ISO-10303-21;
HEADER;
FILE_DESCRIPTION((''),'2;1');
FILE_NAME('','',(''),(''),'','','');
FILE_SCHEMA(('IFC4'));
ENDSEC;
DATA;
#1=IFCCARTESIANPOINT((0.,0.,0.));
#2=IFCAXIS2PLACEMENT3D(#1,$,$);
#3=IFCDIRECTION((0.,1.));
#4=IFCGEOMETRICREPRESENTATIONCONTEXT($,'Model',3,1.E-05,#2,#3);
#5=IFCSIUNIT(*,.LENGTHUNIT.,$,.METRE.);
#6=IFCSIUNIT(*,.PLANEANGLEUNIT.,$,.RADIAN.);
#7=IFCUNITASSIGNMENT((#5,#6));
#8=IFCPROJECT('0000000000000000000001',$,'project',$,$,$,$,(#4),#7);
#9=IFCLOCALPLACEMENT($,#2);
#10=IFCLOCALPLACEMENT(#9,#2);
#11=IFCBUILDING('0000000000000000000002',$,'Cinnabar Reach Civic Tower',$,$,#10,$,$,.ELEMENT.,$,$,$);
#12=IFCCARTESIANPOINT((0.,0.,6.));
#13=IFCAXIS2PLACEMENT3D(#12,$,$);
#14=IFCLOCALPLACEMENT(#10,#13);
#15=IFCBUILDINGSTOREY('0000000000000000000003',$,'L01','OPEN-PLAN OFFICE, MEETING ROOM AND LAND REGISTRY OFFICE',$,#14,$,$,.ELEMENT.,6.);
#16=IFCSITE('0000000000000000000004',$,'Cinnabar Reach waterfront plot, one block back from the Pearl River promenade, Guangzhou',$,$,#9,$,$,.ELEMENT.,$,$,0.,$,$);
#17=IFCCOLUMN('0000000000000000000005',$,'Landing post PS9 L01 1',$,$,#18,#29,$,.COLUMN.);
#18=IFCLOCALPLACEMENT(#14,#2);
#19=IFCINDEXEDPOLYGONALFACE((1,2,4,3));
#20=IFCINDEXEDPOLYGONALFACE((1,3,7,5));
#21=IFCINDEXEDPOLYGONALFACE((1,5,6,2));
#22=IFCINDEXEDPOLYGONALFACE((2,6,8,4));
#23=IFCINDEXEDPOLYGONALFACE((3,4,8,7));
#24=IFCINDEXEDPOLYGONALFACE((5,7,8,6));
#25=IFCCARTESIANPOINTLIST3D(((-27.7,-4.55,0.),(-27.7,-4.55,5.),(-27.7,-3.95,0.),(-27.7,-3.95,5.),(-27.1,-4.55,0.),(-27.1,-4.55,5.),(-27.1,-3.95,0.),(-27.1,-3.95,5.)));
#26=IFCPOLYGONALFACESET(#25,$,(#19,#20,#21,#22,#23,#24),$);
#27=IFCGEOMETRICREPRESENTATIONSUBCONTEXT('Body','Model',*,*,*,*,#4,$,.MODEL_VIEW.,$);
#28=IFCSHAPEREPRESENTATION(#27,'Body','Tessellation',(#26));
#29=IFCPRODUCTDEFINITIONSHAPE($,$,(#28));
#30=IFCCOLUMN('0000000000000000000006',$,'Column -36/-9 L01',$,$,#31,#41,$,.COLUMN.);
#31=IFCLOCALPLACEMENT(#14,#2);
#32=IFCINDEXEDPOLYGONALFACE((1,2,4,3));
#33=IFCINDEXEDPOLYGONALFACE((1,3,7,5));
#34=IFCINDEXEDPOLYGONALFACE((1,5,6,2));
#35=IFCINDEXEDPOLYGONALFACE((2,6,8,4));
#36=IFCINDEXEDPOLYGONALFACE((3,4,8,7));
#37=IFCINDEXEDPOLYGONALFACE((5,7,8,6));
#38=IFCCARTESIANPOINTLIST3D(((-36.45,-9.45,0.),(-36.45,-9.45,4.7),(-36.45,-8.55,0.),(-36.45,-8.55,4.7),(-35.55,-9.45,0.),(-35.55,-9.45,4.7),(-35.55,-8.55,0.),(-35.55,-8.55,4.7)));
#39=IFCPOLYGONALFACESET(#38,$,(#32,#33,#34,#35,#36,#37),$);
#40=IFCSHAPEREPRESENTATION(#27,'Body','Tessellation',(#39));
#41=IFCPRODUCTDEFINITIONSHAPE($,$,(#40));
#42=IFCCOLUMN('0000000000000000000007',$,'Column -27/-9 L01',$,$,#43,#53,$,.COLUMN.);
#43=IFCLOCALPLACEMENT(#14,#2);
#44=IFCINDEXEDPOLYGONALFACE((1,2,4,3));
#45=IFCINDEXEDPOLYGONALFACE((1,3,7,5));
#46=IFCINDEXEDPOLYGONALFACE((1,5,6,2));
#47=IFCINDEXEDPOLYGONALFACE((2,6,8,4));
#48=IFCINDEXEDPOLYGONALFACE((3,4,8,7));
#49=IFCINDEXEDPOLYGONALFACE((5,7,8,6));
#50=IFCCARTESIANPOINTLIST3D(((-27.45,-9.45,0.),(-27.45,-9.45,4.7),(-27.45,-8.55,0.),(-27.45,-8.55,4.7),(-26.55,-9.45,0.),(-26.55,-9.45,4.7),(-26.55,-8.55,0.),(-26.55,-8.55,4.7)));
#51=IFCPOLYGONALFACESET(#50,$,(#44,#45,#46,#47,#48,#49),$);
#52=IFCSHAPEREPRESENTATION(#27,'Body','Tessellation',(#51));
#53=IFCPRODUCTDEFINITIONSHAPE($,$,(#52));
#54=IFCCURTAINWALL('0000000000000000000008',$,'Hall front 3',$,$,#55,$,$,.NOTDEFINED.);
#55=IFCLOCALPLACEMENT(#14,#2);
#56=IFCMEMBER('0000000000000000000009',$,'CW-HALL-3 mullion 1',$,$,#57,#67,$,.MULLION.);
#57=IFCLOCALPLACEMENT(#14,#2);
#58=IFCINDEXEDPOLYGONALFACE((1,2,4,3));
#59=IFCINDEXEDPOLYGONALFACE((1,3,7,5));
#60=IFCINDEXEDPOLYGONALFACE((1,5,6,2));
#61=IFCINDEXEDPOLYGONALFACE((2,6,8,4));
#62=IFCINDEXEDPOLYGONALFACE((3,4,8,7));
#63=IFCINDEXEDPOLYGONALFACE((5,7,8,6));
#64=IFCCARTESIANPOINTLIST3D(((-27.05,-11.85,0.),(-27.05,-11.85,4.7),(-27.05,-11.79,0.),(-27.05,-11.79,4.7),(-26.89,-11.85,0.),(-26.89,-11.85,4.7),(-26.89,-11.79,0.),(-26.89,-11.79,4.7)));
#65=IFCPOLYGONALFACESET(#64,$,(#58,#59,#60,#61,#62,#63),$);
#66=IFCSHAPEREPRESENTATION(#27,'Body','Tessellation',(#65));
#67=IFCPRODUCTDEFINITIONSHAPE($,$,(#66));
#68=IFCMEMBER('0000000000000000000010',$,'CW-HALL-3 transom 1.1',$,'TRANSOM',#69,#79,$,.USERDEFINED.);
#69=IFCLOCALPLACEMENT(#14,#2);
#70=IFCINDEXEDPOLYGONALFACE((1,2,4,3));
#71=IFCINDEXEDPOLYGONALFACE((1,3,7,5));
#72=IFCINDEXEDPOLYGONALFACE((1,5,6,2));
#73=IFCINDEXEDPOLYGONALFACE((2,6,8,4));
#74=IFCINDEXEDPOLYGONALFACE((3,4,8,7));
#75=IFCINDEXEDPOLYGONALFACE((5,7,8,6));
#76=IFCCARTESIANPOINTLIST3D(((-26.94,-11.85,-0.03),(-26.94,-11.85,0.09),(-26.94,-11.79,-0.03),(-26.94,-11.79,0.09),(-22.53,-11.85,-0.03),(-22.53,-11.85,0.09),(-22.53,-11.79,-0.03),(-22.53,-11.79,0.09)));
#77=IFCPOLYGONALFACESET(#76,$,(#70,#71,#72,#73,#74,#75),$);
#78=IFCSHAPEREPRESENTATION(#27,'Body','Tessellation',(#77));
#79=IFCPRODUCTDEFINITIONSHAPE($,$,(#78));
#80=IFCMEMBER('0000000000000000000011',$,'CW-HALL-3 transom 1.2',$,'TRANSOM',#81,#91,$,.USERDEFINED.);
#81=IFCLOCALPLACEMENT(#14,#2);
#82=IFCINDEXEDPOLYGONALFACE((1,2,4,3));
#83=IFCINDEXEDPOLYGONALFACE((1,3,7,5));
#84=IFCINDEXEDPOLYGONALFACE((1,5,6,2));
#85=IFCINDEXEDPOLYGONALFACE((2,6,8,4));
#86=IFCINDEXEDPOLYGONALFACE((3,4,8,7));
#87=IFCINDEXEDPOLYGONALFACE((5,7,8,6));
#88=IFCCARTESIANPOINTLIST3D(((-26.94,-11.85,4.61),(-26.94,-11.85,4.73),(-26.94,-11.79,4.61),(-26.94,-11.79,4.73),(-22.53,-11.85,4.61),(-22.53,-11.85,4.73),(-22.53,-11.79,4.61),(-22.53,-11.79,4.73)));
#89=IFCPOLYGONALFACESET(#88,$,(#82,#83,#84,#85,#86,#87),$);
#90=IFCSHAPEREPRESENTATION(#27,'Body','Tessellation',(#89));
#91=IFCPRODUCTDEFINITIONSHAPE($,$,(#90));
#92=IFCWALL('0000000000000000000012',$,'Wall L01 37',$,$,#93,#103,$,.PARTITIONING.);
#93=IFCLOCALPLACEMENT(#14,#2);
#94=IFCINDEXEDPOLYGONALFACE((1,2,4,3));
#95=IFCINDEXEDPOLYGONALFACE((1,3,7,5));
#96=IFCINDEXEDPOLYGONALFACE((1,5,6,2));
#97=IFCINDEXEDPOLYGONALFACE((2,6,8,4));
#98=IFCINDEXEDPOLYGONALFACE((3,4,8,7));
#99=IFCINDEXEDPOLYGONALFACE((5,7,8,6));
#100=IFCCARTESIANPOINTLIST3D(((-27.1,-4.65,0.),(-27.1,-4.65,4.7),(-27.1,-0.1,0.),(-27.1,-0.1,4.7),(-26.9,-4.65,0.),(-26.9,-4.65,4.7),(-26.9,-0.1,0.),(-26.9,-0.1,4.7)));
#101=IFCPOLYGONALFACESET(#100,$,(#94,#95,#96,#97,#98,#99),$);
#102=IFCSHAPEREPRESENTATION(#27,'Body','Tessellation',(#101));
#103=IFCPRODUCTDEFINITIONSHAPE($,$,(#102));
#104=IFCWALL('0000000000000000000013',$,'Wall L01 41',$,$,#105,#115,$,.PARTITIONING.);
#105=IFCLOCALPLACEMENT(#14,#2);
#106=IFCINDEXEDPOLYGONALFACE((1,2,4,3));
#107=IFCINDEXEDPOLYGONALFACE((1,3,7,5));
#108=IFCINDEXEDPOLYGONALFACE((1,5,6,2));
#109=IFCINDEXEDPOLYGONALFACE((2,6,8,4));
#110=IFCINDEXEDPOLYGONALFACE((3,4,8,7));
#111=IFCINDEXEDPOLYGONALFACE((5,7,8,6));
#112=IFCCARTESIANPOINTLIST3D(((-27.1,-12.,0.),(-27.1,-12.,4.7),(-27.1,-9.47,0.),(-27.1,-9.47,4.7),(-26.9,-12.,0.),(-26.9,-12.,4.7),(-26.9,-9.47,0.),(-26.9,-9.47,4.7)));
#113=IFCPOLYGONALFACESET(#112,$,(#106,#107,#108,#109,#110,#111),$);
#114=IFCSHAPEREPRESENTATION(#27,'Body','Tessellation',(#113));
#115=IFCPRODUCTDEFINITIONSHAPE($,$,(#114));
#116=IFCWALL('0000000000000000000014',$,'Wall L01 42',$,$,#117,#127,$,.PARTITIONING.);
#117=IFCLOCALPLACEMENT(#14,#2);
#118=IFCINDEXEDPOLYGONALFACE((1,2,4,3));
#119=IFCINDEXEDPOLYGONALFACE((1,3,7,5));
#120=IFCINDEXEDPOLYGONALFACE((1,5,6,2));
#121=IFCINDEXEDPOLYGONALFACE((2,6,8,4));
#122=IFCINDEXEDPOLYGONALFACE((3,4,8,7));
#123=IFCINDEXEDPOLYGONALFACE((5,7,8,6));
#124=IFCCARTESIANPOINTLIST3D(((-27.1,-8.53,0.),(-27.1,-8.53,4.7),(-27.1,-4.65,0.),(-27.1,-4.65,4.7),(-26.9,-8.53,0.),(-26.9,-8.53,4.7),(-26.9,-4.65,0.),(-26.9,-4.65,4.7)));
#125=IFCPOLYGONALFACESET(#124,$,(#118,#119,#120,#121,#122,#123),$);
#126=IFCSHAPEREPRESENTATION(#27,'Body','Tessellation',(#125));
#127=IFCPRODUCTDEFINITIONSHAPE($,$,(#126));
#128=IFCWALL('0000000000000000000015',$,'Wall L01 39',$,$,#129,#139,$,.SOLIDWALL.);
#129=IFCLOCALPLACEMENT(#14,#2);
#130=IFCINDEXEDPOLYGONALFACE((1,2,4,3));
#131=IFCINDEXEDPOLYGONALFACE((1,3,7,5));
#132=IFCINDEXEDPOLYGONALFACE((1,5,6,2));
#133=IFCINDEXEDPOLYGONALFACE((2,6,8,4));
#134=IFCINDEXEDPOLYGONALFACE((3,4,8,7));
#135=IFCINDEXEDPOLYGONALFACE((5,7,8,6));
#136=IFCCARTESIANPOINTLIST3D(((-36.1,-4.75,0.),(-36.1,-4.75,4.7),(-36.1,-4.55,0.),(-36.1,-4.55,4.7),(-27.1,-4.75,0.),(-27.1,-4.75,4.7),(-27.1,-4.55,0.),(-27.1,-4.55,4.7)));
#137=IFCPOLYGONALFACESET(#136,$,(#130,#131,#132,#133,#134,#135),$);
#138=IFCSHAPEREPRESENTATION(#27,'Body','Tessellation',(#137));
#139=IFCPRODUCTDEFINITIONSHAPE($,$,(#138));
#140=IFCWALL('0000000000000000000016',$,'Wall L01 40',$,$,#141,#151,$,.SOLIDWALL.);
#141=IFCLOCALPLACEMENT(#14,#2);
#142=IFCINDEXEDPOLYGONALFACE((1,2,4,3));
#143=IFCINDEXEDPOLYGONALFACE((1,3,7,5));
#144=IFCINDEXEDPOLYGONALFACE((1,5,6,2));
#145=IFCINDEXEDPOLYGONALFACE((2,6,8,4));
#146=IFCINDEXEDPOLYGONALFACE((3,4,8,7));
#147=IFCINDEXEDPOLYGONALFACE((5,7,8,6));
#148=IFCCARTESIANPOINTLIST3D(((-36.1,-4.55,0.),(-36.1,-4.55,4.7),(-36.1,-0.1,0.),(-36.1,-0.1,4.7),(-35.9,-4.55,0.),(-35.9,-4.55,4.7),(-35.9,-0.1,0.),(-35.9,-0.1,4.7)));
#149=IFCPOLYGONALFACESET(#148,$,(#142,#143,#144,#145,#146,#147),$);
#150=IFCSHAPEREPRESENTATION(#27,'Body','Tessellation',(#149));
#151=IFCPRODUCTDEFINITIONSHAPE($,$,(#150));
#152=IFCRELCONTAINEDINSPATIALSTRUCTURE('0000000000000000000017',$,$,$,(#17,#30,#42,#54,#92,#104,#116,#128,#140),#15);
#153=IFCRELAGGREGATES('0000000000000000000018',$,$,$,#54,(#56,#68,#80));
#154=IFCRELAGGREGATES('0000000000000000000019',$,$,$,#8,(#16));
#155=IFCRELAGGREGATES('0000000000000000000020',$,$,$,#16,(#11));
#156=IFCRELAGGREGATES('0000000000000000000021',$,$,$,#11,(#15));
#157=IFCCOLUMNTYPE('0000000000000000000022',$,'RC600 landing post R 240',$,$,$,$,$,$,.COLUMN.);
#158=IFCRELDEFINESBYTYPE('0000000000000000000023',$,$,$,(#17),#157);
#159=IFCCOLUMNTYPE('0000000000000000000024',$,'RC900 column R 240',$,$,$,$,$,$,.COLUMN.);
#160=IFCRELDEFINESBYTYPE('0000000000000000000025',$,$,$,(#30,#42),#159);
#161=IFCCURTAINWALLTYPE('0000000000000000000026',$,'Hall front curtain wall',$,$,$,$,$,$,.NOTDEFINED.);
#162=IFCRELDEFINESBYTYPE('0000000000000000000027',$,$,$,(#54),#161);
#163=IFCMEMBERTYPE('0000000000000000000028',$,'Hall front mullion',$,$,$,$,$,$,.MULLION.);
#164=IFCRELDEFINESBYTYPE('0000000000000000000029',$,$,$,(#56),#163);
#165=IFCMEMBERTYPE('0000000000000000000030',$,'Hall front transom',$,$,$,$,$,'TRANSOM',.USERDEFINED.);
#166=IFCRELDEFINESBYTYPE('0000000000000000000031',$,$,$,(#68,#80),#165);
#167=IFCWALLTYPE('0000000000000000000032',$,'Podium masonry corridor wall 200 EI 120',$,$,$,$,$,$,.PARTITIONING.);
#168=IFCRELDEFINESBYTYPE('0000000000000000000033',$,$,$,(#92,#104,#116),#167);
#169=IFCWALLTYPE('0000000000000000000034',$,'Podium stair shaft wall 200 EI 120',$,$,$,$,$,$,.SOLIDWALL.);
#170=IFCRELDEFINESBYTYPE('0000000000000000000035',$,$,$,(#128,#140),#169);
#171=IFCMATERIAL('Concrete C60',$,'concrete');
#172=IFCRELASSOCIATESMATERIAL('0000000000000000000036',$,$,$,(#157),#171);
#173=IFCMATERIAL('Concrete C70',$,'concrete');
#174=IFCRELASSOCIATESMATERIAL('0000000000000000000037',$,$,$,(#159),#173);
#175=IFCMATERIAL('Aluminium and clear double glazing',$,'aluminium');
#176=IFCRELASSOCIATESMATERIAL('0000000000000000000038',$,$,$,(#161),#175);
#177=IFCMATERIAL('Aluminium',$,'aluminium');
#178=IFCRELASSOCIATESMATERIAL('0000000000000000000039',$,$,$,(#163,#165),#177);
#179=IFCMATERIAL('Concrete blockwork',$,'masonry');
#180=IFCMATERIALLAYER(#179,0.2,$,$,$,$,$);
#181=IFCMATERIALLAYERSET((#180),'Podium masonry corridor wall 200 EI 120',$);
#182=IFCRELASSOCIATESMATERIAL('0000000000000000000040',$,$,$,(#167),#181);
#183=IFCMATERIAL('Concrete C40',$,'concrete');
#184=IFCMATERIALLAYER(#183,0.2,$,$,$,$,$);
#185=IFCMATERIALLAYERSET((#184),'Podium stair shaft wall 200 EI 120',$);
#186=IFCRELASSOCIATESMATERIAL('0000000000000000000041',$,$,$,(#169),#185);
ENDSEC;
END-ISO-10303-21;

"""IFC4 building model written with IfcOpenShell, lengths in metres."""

from ifc_helpers import new_model, si_unit, direction, frame, frame_2d, origin, origin_2d, place, context, subcontext, project, spatial, rectangle, extrude, material, layer, layer_set, material_profile, profile_set, type_object, element, aggregate, save


model = new_model("IFC4")

# Units and contexts
model_context = context("Model", 3, precision=1e-05, world=origin(), true_north=direction((0.0, 1.0)))
body_context = subcontext(model_context, "Body", "Model", "MODEL_VIEW")
ifc_project = project(units=[si_unit("LENGTHUNIT", "METRE"), si_unit("PLANEANGLEUNIT", "RADIAN")], contexts=[model_context])

# Site, building, storey
site_placement = place(None, origin())
site = spatial("IfcSite", under=ifc_project, at=site_placement, Name="Cinnabar Reach waterfront plot, one block back from the Pearl River promenade, Guangzhou", CompositionType="ELEMENT", RefElevation=0.0)
building_placement = place(site_placement, origin())
building = spatial("IfcBuilding", under=site, at=building_placement, Name="Cinnabar Reach Civic Tower", CompositionType="ELEMENT")
storey_placement = place(building_placement, frame((0.0, 0.0, 6.0)))
storey = spatial("IfcBuildingStorey", under=building, at=storey_placement, Name="L01", Description="OPEN-PLAN OFFICE, MEETING ROOM AND LAND REGISTRY OFFICE", CompositionType="ELEMENT", Elevation=6.0)

# Columns
ifc_material_1 = material(Name="Concrete C60", Category="concrete")
ifc_material_profile_1 = material_profile(ifc_material_1, rectangle(XDim=0.6, YDim=0.6, at=origin_2d()), Name="RC600")
ifc_profile_set_1 = profile_set([ifc_material_profile_1], Name="Concrete C60")
column_type_1 = type_object("IfcColumnType", Name="RC600 landing post R 240", PredefinedType="COLUMN", material=ifc_profile_set_1)
column_placement = place(storey_placement, frame((-27.4, -4.25, 0.0), z_axis=(0.0, 0.0, 1.0), x_axis=(1.0, 0.0, 0.0)))
element("IfcColumn", 1, at=column_placement, inside=storey, type_object=column_type_1, Name="Landing post PS9 L01 1", PredefinedType="COLUMN", context=body_context, shape_type="SweptSolid", body=[
    extrude(rectangle(XDim=0.6, YDim=0.6, at=origin_2d()), origin(), (0.0, 0.0, 1.0), 5.0),
])
ifc_material_2 = material(Name="Concrete C70", Category="concrete")
ifc_material_profile_2 = material_profile(ifc_material_2, rectangle(XDim=0.9, YDim=0.9, at=origin_2d()), Name="RC900")
ifc_profile_set_2 = profile_set([ifc_material_profile_2], Name="Concrete C70")
column_type_2 = type_object("IfcColumnType", Name="RC900 column R 240", PredefinedType="COLUMN", material=ifc_profile_set_2)
for number, where, z_axis, x_axis, name in (
    (2, (-36.0, -9.0, 0.0), (0.0, 0.0, 1.0), (1.0, 0.0, 0.0), "Column -36/-9 L01"),
    (3, (-27.0, -9.0, 0.0), (0.0, 0.0, 1.0), (1.0, 0.0, 0.0), "Column -27/-9 L01"),
):
    element("IfcColumn", number, at=place(storey_placement, frame(where, z_axis=z_axis, x_axis=x_axis)), inside=storey, type_object=column_type_2, Name=name, PredefinedType="COLUMN", context=body_context, shape_type="SweptSolid", body=[
        extrude(rectangle(XDim=0.9, YDim=0.9, at=origin_2d()), origin(), (0.0, 0.0, 1.0), 4.7),
    ])

# Curtain wall, members
ifc_material_3 = material(Name="Aluminium and clear double glazing", Category="aluminium")
curtain_wall_type = type_object("IfcCurtainWallType", Name="Hall front curtain wall", PredefinedType="NOTDEFINED", material=ifc_material_3)
curtain_wall_placement = place(storey_placement, origin())
curtain_wall = element("IfcCurtainWall", 4, at=curtain_wall_placement, inside=storey, type_object=curtain_wall_type, Name="Hall front 3", PredefinedType="NOTDEFINED")
ifc_material_4 = material(Name="Aluminium", Category="aluminium")
ifc_material_profile_3 = material_profile(ifc_material_4, rectangle(XDim=0.06, YDim=0.16, at=origin_2d()), Name="Hall front mullion")
ifc_profile_set_3 = profile_set([ifc_material_profile_3], Name="Aluminium")
member_type_1 = type_object("IfcMemberType", Name="Hall front mullion", PredefinedType="MULLION", material=ifc_profile_set_3)
member_1_placement = place(storey_placement, frame((-26.97, -11.82, 0.0), z_axis=(0.0, 0.0, 1.0), x_axis=(0.0, 1.0, 0.0)))
member_1 = element("IfcMember", 5, at=member_1_placement, type_object=member_type_1, Name="CW-HALL-3 mullion 1", PredefinedType="MULLION", context=body_context, shape_type="SweptSolid", body=[
    extrude(rectangle(XDim=0.06, YDim=0.16, at=origin_2d()), origin(), (0.0, 0.0, 1.0), 4.7),
])
ifc_material_profile_4 = material_profile(ifc_material_4, rectangle(XDim=0.06, YDim=0.12, at=origin_2d()), Name="Hall front transom")
ifc_profile_set_4 = profile_set([ifc_material_profile_4], Name="Aluminium")
member_type_2 = type_object("IfcMemberType", Name="Hall front transom", ElementType="TRANSOM", PredefinedType="USERDEFINED", material=ifc_profile_set_4)
member_2_placement = place(storey_placement, frame((-26.94, -11.82, 0.03), z_axis=(1.0, 0.0, 0.0), x_axis=(0.0, 1.0, 0.0)))
member_2 = element("IfcMember", 6, at=member_2_placement, type_object=member_type_2, Name="CW-HALL-3 transom 1.1", ObjectType="TRANSOM", PredefinedType="USERDEFINED", context=body_context, shape_type="SweptSolid", body=[
    extrude(rectangle(XDim=0.06, YDim=0.12, at=origin_2d()), origin(), (0.0, 0.0, 1.0), 4.41),
])
member_3_placement = place(storey_placement, frame((-26.94, -11.82, 4.67), z_axis=(1.0, 0.0, 0.0), x_axis=(0.0, 1.0, 0.0)))
member_3 = element("IfcMember", 7, at=member_3_placement, type_object=member_type_2, Name="CW-HALL-3 transom 1.2", ObjectType="TRANSOM", PredefinedType="USERDEFINED", context=body_context, shape_type="SweptSolid", body=[
    extrude(rectangle(XDim=0.06, YDim=0.12, at=origin_2d()), origin(), (0.0, 0.0, 1.0), 4.41),
])
aggregate(curtain_wall, [member_1, member_2, member_3])

# Walls
ifc_material_5 = material(Name="Concrete blockwork", Category="masonry")
ifc_layer_1 = layer(ifc_material_5, 0.2)
ifc_layer_set_1 = layer_set([ifc_layer_1], Name="Podium masonry corridor wall 200 EI 120")
wall_type_1 = type_object("IfcWallType", Name="Podium masonry corridor wall 200 EI 120", PredefinedType="PARTITIONING", material=ifc_layer_set_1)
wall_1_placement = place(storey_placement, frame((-27.0, -4.65, 0.0), z_axis=(0.0, 0.0, 1.0), x_axis=(0.0, 1.0, 0.0)))
element("IfcWall", 8, at=wall_1_placement, inside=storey, type_object=wall_type_1, Name="Wall L01 37", PredefinedType="PARTITIONING", context=body_context, shape_type="SweptSolid", body=[
    extrude(rectangle(XDim=4.55, YDim=0.2, at=frame_2d((2.275, 0.0))), origin(), (0.0, 0.0, 1.0), 4.7),
])
wall_2_placement = place(storey_placement, frame((-27.0, -12.0, 0.0), z_axis=(0.0, 0.0, 1.0), x_axis=(0.0, 1.0, 0.0)))
element("IfcWall", 9, at=wall_2_placement, inside=storey, type_object=wall_type_1, Name="Wall L01 41", PredefinedType="PARTITIONING", context=body_context, shape_type="SweptSolid", body=[
    extrude(rectangle(XDim=2.53, YDim=0.2, at=frame_2d((1.265, 0.0))), origin(), (0.0, 0.0, 1.0), 4.7),
])
wall_3_placement = place(storey_placement, frame((-27.0, -8.53, 0.0), z_axis=(0.0, 0.0, 1.0), x_axis=(0.0, 1.0, 0.0)))
element("IfcWall", 10, at=wall_3_placement, inside=storey, type_object=wall_type_1, Name="Wall L01 42", PredefinedType="PARTITIONING", context=body_context, shape_type="SweptSolid", body=[
    extrude(rectangle(XDim=3.88, YDim=0.2, at=frame_2d((1.94, 0.0))), origin(), (0.0, 0.0, 1.0), 4.7),
])
ifc_material_6 = material(Name="Concrete C40", Category="concrete")
ifc_layer_2 = layer(ifc_material_6, 0.2)
ifc_layer_set_2 = layer_set([ifc_layer_2], Name="Podium stair shaft wall 200 EI 120")
wall_type_2 = type_object("IfcWallType", Name="Podium stair shaft wall 200 EI 120", PredefinedType="SOLIDWALL", material=ifc_layer_set_2)
wall_4_placement = place(storey_placement, frame((-36.1, -4.65, 0.0), z_axis=(0.0, 0.0, 1.0), x_axis=(1.0, 0.0, 0.0)))
element("IfcWall", 11, at=wall_4_placement, inside=storey, type_object=wall_type_2, Name="Wall L01 39", PredefinedType="SOLIDWALL", context=body_context, shape_type="SweptSolid", body=[
    extrude(rectangle(XDim=9.0, YDim=0.2, at=frame_2d((4.5, 0.0))), origin(), (0.0, 0.0, 1.0), 4.7),
])
wall_5_placement = place(storey_placement, frame((-36.0, -4.55, 0.0), z_axis=(0.0, 0.0, 1.0), x_axis=(0.0, 1.0, 0.0)))
element("IfcWall", 12, at=wall_5_placement, inside=storey, type_object=wall_type_2, Name="Wall L01 40", PredefinedType="SOLIDWALL", context=body_context, shape_type="SweptSolid", body=[
    extrude(rectangle(XDim=4.45, YDim=0.2, at=frame_2d((2.225, 0.0))), origin(), (0.0, 0.0, 1.0), 4.7),
])

save(model, "model.ifc")
